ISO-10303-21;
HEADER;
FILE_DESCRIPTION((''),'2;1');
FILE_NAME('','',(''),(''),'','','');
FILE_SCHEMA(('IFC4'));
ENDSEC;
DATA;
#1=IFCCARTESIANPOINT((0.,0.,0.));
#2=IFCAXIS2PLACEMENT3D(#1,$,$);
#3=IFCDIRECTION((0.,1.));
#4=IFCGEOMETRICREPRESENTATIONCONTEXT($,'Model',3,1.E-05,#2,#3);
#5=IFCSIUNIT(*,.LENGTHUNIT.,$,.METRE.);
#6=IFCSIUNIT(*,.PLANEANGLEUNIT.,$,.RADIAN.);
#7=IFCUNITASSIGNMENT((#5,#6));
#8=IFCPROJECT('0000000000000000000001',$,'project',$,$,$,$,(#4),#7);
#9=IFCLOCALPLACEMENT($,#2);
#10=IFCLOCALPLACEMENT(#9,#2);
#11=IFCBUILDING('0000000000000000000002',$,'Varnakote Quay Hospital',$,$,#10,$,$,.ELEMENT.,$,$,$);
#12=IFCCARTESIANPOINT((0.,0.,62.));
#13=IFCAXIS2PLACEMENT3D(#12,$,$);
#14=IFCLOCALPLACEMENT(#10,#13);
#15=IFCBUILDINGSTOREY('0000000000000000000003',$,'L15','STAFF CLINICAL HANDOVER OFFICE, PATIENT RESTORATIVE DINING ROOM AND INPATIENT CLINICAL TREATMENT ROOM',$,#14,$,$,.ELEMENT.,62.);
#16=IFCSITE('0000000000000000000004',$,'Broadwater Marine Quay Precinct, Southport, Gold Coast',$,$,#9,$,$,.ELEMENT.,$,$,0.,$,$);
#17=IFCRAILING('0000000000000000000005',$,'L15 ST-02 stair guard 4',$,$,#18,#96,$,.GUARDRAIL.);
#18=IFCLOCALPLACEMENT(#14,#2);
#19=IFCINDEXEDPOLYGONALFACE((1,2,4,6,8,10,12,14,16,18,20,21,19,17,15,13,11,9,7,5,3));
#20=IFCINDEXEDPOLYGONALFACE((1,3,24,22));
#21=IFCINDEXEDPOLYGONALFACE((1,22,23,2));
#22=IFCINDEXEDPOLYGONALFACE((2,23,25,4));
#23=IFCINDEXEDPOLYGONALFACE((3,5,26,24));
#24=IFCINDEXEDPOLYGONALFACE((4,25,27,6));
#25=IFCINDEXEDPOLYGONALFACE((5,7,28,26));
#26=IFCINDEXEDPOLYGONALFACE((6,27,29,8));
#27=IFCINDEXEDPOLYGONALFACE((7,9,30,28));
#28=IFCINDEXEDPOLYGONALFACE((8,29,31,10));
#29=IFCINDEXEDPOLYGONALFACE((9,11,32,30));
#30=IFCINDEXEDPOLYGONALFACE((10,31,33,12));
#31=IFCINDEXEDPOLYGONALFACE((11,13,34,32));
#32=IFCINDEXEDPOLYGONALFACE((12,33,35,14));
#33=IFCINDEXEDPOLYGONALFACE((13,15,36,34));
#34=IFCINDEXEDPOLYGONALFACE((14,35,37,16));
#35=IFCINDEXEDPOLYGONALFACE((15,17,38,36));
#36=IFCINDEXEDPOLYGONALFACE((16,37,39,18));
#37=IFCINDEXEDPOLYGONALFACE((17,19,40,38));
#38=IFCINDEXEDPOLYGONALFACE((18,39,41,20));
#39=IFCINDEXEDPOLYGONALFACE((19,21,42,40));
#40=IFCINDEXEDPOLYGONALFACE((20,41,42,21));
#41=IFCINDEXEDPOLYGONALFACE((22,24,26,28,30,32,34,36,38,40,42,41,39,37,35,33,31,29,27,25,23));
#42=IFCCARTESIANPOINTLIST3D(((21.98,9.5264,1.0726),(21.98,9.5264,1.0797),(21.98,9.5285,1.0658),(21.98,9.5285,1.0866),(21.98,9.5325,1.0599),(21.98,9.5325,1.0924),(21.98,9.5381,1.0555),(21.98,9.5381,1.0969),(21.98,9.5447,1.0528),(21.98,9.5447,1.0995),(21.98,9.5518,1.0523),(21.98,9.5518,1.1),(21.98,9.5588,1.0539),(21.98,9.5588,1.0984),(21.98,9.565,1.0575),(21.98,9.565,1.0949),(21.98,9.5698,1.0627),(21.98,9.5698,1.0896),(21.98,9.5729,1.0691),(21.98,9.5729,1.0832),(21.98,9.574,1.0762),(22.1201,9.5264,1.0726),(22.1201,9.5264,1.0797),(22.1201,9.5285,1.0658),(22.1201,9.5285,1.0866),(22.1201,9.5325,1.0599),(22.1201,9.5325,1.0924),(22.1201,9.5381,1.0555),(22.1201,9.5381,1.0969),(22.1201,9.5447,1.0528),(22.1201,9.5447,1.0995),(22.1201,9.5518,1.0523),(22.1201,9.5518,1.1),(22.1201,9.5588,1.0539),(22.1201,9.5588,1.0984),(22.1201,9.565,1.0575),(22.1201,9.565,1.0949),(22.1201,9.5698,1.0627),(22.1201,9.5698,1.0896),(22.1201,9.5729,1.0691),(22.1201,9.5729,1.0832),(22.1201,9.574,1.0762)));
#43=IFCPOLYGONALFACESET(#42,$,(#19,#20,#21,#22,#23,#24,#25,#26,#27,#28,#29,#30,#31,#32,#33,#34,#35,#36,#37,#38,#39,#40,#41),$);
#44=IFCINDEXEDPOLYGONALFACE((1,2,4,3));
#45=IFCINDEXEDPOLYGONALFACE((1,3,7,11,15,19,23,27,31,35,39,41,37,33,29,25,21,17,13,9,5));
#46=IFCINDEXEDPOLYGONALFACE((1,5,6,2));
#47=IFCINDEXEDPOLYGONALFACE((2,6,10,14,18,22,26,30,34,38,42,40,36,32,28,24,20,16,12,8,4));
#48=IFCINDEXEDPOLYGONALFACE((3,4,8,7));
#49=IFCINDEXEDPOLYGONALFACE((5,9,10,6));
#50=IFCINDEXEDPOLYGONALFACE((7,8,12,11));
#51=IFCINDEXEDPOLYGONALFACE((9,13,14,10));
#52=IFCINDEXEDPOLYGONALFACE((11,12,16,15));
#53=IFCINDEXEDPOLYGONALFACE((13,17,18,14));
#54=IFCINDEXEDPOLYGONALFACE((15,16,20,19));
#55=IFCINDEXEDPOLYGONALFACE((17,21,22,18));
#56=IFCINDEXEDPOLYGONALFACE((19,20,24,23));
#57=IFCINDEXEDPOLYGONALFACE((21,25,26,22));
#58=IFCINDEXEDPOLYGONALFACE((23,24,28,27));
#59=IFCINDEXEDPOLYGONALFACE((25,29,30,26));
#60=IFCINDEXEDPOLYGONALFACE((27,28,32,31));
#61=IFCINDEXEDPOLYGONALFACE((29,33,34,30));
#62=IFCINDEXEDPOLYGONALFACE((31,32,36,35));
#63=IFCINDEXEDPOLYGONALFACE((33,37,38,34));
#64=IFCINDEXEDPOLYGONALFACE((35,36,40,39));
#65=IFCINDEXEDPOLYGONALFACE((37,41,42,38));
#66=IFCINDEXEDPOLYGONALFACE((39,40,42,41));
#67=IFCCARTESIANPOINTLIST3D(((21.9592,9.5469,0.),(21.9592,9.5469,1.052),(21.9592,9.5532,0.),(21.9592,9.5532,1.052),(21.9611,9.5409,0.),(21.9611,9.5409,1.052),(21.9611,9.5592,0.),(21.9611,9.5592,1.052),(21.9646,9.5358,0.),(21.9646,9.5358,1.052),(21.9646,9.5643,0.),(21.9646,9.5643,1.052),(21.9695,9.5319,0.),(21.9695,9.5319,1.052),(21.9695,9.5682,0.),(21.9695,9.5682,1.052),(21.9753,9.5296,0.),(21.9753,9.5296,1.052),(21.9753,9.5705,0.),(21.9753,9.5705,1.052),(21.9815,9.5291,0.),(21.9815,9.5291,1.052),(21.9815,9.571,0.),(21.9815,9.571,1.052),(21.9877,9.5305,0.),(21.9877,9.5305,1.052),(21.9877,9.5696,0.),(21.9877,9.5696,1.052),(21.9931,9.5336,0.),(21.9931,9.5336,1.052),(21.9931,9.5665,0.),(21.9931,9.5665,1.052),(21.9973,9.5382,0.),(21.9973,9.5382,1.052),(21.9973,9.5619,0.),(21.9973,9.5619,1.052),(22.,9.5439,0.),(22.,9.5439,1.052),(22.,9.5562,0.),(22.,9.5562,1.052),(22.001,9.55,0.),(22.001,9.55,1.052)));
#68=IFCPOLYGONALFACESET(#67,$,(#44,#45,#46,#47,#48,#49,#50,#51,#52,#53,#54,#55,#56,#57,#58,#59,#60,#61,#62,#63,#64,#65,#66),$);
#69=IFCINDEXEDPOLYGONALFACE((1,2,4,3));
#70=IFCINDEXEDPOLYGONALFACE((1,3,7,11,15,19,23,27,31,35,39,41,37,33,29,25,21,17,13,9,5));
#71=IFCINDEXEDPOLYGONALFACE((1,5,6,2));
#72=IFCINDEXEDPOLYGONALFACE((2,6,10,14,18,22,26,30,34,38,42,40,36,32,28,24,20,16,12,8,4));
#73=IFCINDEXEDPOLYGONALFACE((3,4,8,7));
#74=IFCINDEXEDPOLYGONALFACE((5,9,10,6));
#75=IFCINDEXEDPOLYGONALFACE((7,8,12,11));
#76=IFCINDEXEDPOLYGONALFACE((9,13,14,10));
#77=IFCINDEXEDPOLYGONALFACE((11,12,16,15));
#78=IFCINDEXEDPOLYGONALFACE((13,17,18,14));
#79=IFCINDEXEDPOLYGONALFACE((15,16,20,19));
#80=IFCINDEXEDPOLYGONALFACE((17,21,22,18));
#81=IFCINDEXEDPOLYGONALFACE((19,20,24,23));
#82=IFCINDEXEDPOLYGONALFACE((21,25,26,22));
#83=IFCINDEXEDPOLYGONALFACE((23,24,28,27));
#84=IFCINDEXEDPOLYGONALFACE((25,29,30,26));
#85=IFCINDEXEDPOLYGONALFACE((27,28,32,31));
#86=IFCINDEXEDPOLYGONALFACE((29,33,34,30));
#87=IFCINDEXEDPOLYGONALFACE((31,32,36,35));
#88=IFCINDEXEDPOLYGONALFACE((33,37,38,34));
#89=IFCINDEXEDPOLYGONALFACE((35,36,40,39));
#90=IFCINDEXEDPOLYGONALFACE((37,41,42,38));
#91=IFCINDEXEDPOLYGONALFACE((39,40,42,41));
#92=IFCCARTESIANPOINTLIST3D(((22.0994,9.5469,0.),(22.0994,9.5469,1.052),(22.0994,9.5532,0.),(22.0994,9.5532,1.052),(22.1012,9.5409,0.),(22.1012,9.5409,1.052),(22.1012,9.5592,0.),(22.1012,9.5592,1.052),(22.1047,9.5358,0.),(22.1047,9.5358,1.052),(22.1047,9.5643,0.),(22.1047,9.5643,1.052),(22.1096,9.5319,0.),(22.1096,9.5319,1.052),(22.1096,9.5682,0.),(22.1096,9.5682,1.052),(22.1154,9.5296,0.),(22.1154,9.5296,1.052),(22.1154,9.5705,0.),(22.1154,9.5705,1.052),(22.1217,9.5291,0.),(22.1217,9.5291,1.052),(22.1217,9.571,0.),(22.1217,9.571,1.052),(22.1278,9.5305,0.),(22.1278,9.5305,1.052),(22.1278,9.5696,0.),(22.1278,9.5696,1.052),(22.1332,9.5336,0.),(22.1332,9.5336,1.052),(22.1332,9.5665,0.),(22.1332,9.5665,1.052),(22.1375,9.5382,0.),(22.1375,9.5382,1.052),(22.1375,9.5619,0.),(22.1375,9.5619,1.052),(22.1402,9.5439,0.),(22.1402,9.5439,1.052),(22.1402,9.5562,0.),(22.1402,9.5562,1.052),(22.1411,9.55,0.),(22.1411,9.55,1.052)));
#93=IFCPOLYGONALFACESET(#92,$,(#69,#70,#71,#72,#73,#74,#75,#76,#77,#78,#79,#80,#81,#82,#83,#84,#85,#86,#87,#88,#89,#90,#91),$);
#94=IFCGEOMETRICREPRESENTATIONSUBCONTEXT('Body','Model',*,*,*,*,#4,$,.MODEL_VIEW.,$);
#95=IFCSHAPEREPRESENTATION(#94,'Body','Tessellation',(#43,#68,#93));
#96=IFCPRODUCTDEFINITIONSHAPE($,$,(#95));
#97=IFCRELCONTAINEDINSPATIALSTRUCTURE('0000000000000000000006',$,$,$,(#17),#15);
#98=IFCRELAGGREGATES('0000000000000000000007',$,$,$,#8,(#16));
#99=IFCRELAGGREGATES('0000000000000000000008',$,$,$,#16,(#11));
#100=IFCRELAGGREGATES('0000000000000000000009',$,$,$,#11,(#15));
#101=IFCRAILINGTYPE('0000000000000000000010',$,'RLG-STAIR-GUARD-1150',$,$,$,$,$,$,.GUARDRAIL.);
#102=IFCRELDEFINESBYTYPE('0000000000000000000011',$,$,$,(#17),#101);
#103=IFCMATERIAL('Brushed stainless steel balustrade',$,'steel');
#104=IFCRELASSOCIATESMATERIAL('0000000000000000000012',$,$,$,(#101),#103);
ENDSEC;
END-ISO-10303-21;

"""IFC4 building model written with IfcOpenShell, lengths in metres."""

from ifc_helpers import new_model, si_unit, direction, frame, origin, origin_2d, place, context, subcontext, project, spatial, circle, extrude, material, type_object, element, save


model = new_model("IFC4")

# Units and contexts
model_context = context("Model", 3, precision=1e-05, world=origin(), true_north=direction((0.0, 1.0)))
body_context = subcontext(model_context, "Body", "Model", "MODEL_VIEW")
ifc_project = project(units=[si_unit("LENGTHUNIT", "METRE"), si_unit("PLANEANGLEUNIT", "RADIAN")], contexts=[model_context])

# Site, building, storey
site_placement = place(None, origin())
site = spatial("IfcSite", under=ifc_project, at=site_placement, Name="Broadwater Marine Quay Precinct, Southport, Gold Coast", CompositionType="ELEMENT", RefElevation=0.0)
building_placement = place(site_placement, origin())
building = spatial("IfcBuilding", under=site, at=building_placement, Name="Varnakote Quay Hospital", CompositionType="ELEMENT")
storey_placement = place(building_placement, frame((0.0, 0.0, 62.0)))
storey = spatial("IfcBuildingStorey", under=building, at=storey_placement, Name="L15", Description="STAFF CLINICAL HANDOVER OFFICE, PATIENT RESTORATIVE DINING ROOM AND INPATIENT CLINICAL TREATMENT ROOM", CompositionType="ELEMENT", Elevation=62.0)

# Railing
ifc_material_1 = material(Name="Brushed stainless steel balustrade", Category="steel")
railing_type_1 = type_object("IfcRailingType", Name="RLG-STAIR-GUARD-1150", PredefinedType="GUARDRAIL", material=ifc_material_1)
railing_1_placement = place(storey_placement, frame((21.98, 9.55, 0.0)))
element("IfcRailing", 1, at=railing_1_placement, inside=storey, type_object=railing_type_1, Name="L15 ST-02 stair guard 4", PredefinedType="GUARDRAIL", context=body_context, shape_type="SweptSolid", body=[
    extrude(circle(Radius=0.0239, at=origin_2d()), frame((0.0, 0.0, 1.0762), z_axis=(1.0, 0.0, 0.0), x_axis=(0.0, 1.0, 0.0)), (0.0, 0.0, 1.0), 0.1401),
    extrude(circle(Radius=0.021, at=origin_2d()), origin(), (0.0, 0.0, 1.0), 1.052),
    extrude(circle(Radius=0.021, at=origin_2d()), frame((0.1401, 0.0, 0.0)), (0.0, 0.0, 1.0), 1.052),
])

save(model, "model.ifc")
